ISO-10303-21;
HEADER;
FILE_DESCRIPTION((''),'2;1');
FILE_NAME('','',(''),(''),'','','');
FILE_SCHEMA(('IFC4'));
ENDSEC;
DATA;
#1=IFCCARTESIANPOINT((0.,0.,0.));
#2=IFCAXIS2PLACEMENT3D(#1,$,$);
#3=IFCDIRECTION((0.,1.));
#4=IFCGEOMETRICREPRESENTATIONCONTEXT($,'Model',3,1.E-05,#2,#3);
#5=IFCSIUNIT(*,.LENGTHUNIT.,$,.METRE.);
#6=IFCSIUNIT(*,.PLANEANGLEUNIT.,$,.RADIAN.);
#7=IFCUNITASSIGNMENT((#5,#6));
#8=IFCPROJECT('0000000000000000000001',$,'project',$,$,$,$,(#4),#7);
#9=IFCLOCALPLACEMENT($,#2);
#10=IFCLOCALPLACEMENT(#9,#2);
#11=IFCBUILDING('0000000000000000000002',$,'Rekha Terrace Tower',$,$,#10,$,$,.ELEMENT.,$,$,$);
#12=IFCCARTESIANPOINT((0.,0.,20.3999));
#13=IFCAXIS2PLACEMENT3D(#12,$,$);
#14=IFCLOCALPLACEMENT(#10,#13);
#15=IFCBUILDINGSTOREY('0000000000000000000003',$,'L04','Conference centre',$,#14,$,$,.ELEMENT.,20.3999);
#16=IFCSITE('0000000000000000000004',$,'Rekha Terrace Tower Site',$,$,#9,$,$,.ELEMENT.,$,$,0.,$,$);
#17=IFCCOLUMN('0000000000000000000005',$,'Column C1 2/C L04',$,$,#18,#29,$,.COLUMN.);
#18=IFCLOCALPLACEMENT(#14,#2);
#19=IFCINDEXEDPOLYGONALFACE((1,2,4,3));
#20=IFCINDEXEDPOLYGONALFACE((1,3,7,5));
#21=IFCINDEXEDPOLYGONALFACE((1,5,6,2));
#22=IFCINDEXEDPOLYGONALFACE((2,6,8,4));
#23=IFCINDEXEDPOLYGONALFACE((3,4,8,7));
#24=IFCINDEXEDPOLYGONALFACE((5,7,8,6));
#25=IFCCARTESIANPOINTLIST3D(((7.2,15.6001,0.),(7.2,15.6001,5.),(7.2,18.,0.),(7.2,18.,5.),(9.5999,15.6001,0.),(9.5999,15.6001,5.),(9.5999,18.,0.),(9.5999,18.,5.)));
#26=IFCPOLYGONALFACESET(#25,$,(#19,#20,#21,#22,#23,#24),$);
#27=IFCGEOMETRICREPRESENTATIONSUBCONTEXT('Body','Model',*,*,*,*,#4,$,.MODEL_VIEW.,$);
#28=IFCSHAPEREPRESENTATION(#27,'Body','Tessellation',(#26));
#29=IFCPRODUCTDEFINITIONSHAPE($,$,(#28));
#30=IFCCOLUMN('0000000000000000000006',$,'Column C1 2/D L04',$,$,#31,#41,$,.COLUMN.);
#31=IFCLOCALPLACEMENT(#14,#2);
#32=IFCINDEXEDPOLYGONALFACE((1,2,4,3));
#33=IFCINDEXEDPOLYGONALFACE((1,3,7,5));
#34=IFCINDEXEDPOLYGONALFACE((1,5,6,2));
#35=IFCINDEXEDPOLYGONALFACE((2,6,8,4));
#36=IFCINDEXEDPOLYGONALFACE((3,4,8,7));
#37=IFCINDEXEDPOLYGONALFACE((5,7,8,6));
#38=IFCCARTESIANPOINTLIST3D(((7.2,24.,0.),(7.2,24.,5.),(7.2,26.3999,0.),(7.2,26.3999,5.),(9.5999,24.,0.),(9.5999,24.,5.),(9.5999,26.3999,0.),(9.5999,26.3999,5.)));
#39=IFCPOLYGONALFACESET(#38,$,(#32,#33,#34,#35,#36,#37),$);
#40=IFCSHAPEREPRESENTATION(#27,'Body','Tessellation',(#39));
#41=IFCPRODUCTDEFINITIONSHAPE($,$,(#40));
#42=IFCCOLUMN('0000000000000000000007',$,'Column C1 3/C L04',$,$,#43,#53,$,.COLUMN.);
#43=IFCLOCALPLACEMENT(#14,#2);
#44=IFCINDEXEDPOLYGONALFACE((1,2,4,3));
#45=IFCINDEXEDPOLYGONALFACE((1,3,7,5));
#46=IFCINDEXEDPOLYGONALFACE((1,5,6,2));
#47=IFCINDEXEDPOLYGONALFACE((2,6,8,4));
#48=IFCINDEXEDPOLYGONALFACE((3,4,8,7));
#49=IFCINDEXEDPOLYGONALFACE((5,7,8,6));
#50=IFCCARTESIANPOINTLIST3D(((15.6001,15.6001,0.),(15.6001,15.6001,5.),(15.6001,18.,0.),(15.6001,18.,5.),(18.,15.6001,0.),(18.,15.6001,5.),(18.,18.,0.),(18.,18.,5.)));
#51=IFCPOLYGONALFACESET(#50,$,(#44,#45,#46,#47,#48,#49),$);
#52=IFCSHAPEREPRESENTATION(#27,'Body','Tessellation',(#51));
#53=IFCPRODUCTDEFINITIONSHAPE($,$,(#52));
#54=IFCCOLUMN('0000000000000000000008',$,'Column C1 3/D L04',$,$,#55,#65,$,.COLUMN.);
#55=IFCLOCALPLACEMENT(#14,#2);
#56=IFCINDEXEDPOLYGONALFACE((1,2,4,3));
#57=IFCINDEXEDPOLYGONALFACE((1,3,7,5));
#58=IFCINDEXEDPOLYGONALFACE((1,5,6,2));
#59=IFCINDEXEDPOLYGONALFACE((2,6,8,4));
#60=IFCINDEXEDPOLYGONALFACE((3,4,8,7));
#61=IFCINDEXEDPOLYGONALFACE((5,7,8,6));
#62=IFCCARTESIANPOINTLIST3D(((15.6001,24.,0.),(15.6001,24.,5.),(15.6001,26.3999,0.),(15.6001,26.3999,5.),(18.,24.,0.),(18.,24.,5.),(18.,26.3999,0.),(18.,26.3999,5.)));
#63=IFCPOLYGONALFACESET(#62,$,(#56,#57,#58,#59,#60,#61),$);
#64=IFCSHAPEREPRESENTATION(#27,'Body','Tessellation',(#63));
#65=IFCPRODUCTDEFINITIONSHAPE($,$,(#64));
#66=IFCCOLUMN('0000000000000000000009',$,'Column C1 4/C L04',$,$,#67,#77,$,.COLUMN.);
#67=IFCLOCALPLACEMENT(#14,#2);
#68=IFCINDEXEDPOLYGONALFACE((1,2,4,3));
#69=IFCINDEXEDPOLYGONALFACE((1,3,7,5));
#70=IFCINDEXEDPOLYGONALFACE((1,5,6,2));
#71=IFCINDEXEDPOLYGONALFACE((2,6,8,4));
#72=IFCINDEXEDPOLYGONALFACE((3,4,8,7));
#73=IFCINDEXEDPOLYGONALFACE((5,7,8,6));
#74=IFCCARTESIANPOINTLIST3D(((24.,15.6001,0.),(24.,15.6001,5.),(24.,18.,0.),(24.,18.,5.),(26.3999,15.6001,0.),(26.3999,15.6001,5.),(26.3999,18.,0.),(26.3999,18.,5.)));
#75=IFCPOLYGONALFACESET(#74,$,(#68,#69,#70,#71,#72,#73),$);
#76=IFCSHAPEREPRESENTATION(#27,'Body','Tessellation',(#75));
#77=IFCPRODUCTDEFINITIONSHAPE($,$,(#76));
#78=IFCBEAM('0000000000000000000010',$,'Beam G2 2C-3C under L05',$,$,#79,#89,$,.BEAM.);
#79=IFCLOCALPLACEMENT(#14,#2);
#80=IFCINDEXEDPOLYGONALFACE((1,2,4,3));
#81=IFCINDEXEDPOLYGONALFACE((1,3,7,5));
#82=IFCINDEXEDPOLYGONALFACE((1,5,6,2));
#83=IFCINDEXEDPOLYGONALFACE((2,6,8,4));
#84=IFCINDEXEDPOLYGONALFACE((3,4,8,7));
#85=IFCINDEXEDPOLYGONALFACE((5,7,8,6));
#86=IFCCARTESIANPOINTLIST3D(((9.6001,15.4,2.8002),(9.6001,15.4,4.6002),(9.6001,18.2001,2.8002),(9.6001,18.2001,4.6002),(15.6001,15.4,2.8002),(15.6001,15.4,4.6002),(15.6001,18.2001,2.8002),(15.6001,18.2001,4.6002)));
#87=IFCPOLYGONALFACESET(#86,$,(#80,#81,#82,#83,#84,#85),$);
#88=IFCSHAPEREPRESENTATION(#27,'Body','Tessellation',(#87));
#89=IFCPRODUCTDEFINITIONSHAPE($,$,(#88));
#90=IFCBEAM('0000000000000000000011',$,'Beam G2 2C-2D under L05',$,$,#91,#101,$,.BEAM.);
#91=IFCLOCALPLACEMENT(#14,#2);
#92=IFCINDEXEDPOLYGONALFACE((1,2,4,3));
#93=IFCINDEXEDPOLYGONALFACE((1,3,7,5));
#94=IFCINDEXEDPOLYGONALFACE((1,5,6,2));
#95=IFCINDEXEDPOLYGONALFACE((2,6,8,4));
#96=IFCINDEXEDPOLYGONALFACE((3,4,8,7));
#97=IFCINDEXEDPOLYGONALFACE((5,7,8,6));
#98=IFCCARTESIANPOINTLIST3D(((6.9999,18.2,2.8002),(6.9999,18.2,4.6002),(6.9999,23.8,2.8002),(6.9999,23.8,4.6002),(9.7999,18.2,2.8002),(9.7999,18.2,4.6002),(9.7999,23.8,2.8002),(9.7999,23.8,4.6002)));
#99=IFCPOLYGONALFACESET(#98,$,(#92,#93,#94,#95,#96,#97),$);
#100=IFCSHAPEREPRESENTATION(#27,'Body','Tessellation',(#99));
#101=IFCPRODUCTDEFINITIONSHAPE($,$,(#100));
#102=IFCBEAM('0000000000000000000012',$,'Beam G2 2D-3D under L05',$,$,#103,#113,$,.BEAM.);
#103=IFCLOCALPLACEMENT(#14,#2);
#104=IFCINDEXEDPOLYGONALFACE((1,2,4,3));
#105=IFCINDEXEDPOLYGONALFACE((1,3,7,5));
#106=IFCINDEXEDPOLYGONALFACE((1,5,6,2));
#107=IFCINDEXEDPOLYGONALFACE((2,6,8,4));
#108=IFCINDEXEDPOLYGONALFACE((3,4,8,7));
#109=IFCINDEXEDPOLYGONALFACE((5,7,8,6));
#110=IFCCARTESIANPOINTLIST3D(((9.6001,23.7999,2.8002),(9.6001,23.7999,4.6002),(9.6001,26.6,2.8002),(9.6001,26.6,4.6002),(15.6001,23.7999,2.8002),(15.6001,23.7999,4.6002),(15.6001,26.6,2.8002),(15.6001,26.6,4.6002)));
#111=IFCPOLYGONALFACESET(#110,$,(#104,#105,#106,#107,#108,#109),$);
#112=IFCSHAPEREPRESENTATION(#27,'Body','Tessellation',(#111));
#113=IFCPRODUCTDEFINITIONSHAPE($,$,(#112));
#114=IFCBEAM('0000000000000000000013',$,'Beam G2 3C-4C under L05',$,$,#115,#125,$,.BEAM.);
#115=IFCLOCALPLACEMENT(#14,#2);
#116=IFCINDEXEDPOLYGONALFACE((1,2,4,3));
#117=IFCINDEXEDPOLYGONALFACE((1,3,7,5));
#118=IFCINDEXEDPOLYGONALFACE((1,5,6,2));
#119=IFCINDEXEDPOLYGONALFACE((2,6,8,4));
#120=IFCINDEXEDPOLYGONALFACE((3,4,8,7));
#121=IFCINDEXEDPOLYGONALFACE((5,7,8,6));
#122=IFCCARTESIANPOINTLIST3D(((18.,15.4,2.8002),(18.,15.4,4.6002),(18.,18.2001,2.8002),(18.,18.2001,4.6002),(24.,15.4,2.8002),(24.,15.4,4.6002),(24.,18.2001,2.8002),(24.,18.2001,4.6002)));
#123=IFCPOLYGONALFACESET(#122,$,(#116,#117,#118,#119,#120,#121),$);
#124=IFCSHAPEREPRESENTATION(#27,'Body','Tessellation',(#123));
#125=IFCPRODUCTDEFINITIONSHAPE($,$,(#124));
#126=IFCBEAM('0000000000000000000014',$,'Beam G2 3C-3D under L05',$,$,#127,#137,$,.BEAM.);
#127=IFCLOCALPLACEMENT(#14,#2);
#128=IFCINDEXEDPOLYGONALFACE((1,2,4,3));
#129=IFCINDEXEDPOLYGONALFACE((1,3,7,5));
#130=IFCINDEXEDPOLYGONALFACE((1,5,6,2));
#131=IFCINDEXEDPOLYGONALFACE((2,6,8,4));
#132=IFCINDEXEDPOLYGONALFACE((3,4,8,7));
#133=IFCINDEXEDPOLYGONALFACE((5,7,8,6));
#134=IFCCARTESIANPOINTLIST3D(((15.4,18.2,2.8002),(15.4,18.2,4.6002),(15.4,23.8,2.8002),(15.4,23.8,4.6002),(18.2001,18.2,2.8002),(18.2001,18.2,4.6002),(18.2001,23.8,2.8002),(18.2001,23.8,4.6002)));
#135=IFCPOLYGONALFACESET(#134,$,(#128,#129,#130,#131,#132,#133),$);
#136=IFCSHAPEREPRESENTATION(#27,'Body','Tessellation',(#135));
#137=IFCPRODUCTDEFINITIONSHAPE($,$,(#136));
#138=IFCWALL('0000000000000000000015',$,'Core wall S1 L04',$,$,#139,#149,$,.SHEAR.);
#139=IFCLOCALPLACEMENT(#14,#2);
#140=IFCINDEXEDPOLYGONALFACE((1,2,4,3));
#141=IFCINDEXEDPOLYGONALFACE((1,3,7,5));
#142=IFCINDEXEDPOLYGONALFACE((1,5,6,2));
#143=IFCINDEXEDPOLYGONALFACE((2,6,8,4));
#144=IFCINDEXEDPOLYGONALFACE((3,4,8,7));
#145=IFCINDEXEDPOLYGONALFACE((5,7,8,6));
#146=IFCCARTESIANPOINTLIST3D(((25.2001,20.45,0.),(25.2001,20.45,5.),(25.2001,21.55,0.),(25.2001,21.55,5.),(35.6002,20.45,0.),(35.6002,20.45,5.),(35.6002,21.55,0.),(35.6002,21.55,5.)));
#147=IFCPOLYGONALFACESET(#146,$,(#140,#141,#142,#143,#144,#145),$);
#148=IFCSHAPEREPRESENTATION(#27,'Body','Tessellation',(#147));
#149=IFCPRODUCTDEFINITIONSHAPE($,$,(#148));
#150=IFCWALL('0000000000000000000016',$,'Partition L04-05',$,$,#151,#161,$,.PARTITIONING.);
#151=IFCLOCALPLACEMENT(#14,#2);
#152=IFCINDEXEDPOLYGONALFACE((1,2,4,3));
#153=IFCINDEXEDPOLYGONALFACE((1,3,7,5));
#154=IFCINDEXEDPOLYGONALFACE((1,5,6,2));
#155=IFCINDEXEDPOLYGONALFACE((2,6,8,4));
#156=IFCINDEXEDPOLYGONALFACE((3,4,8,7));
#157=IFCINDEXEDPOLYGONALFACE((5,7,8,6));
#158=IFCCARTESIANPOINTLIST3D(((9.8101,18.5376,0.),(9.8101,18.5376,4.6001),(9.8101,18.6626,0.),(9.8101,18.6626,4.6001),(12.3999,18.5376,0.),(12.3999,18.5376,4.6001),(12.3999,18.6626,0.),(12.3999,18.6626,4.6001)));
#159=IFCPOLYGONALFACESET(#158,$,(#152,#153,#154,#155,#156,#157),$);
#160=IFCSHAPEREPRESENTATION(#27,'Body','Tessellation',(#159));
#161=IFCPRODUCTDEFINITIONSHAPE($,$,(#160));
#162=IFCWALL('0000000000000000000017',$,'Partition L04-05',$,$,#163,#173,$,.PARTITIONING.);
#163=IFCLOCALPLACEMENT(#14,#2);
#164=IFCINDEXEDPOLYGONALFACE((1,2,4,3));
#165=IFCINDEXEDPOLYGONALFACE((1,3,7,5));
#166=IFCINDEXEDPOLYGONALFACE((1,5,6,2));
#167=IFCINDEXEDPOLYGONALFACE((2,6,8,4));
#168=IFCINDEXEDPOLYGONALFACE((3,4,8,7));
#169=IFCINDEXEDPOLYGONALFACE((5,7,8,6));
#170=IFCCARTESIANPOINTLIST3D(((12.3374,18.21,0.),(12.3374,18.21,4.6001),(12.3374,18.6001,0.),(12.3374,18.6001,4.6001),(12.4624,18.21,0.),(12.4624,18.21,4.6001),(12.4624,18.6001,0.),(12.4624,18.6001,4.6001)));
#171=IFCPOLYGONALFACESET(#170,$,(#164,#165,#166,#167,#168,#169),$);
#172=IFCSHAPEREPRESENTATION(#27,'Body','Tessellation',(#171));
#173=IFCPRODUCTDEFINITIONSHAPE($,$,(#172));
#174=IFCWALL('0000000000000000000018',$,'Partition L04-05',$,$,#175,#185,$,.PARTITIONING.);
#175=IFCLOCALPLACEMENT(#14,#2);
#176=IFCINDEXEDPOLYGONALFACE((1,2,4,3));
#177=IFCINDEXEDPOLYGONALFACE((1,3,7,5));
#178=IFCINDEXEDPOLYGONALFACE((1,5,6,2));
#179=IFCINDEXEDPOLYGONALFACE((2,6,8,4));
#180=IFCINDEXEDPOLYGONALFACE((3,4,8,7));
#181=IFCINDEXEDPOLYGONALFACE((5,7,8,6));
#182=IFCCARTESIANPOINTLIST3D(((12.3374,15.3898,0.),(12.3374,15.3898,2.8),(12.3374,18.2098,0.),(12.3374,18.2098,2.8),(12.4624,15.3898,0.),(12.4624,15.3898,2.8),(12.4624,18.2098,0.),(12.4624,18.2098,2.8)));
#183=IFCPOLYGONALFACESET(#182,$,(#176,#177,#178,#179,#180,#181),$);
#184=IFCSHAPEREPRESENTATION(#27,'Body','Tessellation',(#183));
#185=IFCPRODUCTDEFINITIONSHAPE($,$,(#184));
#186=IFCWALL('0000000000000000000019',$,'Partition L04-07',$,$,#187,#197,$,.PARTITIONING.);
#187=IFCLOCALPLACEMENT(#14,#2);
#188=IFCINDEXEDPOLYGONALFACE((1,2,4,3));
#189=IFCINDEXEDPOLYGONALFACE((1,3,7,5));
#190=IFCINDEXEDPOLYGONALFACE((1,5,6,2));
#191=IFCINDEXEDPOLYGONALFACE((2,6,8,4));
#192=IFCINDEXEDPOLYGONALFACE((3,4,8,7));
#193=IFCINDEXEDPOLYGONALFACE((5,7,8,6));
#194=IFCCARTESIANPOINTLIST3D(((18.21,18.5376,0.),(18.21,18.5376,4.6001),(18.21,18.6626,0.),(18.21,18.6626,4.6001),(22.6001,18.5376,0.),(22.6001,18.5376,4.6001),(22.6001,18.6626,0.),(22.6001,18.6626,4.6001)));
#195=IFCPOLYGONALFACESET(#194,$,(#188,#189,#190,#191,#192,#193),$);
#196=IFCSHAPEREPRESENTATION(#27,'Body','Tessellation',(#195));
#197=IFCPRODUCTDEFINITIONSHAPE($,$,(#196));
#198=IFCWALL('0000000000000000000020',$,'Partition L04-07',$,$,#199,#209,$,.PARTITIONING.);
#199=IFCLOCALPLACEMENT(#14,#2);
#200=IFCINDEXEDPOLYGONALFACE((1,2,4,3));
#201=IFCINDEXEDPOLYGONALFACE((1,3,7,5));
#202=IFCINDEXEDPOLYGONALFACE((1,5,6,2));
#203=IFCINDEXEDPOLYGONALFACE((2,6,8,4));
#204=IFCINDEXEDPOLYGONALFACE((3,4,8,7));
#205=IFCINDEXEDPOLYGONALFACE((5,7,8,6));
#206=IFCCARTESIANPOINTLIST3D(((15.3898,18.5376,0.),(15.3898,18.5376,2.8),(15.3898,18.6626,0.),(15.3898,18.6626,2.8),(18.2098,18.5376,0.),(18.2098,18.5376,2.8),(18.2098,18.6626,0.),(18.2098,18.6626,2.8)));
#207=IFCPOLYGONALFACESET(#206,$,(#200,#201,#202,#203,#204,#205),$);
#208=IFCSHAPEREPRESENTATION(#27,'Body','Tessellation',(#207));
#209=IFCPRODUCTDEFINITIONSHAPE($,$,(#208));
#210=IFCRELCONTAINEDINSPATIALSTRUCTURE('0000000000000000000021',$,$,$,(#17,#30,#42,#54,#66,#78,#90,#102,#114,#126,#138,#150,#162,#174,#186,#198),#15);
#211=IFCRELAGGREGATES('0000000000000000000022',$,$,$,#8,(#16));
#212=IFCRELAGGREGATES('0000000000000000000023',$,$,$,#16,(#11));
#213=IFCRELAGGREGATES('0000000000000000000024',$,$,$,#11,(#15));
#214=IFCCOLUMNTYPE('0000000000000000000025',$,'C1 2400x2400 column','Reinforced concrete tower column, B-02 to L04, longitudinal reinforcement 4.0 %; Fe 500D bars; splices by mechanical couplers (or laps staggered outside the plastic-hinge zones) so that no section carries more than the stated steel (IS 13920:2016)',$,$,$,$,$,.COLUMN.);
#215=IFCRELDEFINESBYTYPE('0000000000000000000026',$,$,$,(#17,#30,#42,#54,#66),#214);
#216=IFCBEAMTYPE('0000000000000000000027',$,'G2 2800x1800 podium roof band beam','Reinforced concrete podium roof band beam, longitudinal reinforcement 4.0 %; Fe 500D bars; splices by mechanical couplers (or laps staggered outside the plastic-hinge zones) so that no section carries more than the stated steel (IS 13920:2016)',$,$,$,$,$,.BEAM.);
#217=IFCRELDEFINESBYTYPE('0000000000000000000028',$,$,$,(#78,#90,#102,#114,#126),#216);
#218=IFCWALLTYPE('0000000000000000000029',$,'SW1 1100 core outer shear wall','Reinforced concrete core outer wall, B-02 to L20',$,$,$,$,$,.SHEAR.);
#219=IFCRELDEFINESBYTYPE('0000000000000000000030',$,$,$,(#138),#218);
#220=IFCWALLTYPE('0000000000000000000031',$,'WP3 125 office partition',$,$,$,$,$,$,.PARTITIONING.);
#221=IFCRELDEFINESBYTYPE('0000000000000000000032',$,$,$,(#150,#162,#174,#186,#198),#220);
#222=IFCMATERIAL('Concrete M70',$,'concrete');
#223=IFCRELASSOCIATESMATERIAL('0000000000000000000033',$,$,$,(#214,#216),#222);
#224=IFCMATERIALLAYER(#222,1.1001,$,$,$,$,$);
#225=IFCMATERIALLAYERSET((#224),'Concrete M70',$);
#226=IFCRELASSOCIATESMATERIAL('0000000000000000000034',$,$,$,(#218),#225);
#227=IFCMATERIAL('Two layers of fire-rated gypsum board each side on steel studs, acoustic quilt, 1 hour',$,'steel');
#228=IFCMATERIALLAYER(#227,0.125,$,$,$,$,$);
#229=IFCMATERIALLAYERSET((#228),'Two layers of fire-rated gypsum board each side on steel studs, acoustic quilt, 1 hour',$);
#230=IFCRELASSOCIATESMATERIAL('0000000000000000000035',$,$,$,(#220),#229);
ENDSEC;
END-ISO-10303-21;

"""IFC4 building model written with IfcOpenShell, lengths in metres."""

from ifc_helpers import new_model, si_unit, direction, frame, frame_2d, origin, origin_2d, place, context, subcontext, project, spatial, rectangle, extrude, material, layer, layer_set, material_profile, profile_set, type_object, element, save


model = new_model("IFC4")

# Units and contexts
model_context = context("Model", 3, precision=1e-05, world=origin(), true_north=direction((0.0, 1.0)))
body_context = subcontext(model_context, "Body", "Model", "MODEL_VIEW")
ifc_project = project(units=[si_unit("LENGTHUNIT", "METRE"), si_unit("PLANEANGLEUNIT", "RADIAN")], contexts=[model_context])

# Site, building, storey
site_placement = place(None, origin())
site = spatial("IfcSite", under=ifc_project, at=site_placement, Name="Rekha Terrace Tower Site", CompositionType="ELEMENT", RefElevation=0.0)
building_placement = place(site_placement, origin())
building = spatial("IfcBuilding", under=site, at=building_placement, Name="Rekha Terrace Tower", CompositionType="ELEMENT")
storey_placement = place(building_placement, frame((0.0, 0.0, 20.3999)))
storey = spatial("IfcBuildingStorey", under=building, at=storey_placement, Name="L04", Description="Conference centre", CompositionType="ELEMENT", Elevation=20.3999)

# Columns
ifc_material_1 = material(Name="Concrete M70", Category="concrete")
ifc_material_profile_1 = material_profile(ifc_material_1, rectangle(XDim=2.3999, YDim=2.3999, at=origin_2d()), Name="RC 2400x2400")
ifc_profile_set_1 = profile_set([ifc_material_profile_1], Name="Concrete M70")
column_type = type_object("IfcColumnType", Name="C1 2400x2400 column", Description="Reinforced concrete tower column, B-02 to L04, longitudinal reinforcement 4.0 %; Fe 500D bars; splices by mechanical couplers (or laps staggered outside the plastic-hinge zones) so that no section carries more than the stated steel (IS 13920:2016)", PredefinedType="COLUMN", material=ifc_profile_set_1)
for number, where, z_axis, x_axis, name in (
    (1, (8.3999, 16.8, 0.0), (0.0, 0.0, 1.0), (1.0, 0.0, 0.0), "Column C1 2/C L04"),
    (2, (8.3999, 25.2, 0.0), (0.0, 0.0, 1.0), (1.0, 0.0, 0.0), "Column C1 2/D L04"),
    (3, (16.8, 16.8, 0.0), (0.0, 0.0, 1.0), (1.0, 0.0, 0.0), "Column C1 3/C L04"),
    (4, (16.8, 25.2, 0.0), (0.0, 0.0, 1.0), (1.0, 0.0, 0.0), "Column C1 3/D L04"),
    (5, (25.2, 16.8, 0.0), (0.0, 0.0, 1.0), (1.0, 0.0, 0.0), "Column C1 4/C L04"),
):
    element("IfcColumn", number, at=place(storey_placement, frame(where, z_axis=z_axis, x_axis=x_axis)), inside=storey, type_object=column_type, Name=name, PredefinedType="COLUMN", context=body_context, shape_type="SweptSolid", body=[
        extrude(rectangle(XDim=2.3999, YDim=2.3999, at=origin_2d()), origin(), (0.0, 0.0, 1.0), 5.0),
    ])

# Beams
ifc_material_profile_2 = material_profile(ifc_material_1, rectangle(XDim=2.8, YDim=1.8, at=origin_2d()), Name="RC 2800x1800")
ifc_profile_set_2 = profile_set([ifc_material_profile_2], Name="Concrete M70")
beam_type = type_object("IfcBeamType", Name="G2 2800x1800 podium roof band beam", Description="Reinforced concrete podium roof band beam, longitudinal reinforcement 4.0 %; Fe 500D bars; splices by mechanical couplers (or laps staggered outside the plastic-hinge zones) so that no section carries more than the stated steel (IS 13920:2016)", PredefinedType="BEAM", material=ifc_profile_set_2)
beam_1_placement = place(storey_placement, frame((9.6001, 16.8, 3.7002), z_axis=(1.0, 0.0, 0.0), x_axis=(0.0, 1.0, 0.0)))
element("IfcBeam", 6, at=beam_1_placement, inside=storey, type_object=beam_type, Name="Beam G2 2C-3C under L05", PredefinedType="BEAM", context=body_context, shape_type="SweptSolid", body=[
    extrude(rectangle(XDim=2.8, YDim=1.8, at=origin_2d()), origin(), (0.0, 0.0, 1.0), 6.0),
])
beam_2_placement = place(storey_placement, frame((8.3999, 18.2, 3.7002), z_axis=(0.0, 1.0, 0.0), x_axis=(-1.0, 0.0, 0.0)))
element("IfcBeam", 7, at=beam_2_placement, inside=storey, type_object=beam_type, Name="Beam G2 2C-2D under L05", PredefinedType="BEAM", context=body_context, shape_type="SweptSolid", body=[
    extrude(rectangle(XDim=2.8, YDim=1.8, at=origin_2d()), origin(), (0.0, 0.0, 1.0), 5.6001),
])
for number, where, z_axis, x_axis, name in (
    (8, (9.6001, 25.2, 3.7002), (1.0, 0.0, 0.0), (0.0, 1.0, 0.0), "Beam G2 2D-3D under L05"),
    (9, (18.0, 16.8, 3.7002), (1.0, 0.0, 0.0), (0.0, 1.0, 0.0), "Beam G2 3C-4C under L05"),
):
    element("IfcBeam", number, at=place(storey_placement, frame(where, z_axis=z_axis, x_axis=x_axis)), inside=storey, type_object=beam_type, Name=name, PredefinedType="BEAM", context=body_context, shape_type="SweptSolid", body=[
        extrude(rectangle(XDim=2.8, YDim=1.8, at=origin_2d()), origin(), (0.0, 0.0, 1.0), 6.0),
    ])
beam_3_placement = place(storey_placement, frame((16.8, 18.2, 3.7002), z_axis=(0.0, 1.0, 0.0), x_axis=(-1.0, 0.0, 0.0)))
element("IfcBeam", 10, at=beam_3_placement, inside=storey, type_object=beam_type, Name="Beam G2 3C-3D under L05", PredefinedType="BEAM", context=body_context, shape_type="SweptSolid", body=[
    extrude(rectangle(XDim=2.8, YDim=1.8, at=origin_2d()), origin(), (0.0, 0.0, 1.0), 5.6001),
])

# Walls
ifc_layer_1 = layer(ifc_material_1, 1.1001)
ifc_layer_set_1 = layer_set([ifc_layer_1], Name="Concrete M70")
wall_type_1 = type_object("IfcWallType", Name="SW1 1100 core outer shear wall", Description="Reinforced concrete core outer wall, B-02 to L20", PredefinedType="SHEAR", material=ifc_layer_set_1)
wall_1_placement = place(storey_placement, frame((25.2, 21.0, 0.0), z_axis=(0.0, 0.0, 1.0), x_axis=(1.0, 0.0, 0.0)))
element("IfcWall", 11, at=wall_1_placement, inside=storey, type_object=wall_type_1, Name="Core wall S1 L04", PredefinedType="SHEAR", context=body_context, shape_type="SweptSolid", body=[
    extrude(rectangle(XDim=10.4001, YDim=1.1001, at=frame_2d((5.2002, 0.0))), origin(), (0.0, 0.0, 1.0), 5.0),
])
ifc_material_2 = material(Name="Two layers of fire-rated gypsum board each side on steel studs, acoustic quilt, 1 hour", Category="steel")
ifc_layer_2 = layer(ifc_material_2, 0.125)
ifc_layer_set_2 = layer_set([ifc_layer_2], Name="Two layers of fire-rated gypsum board each side on steel studs, acoustic quilt, 1 hour")
wall_type_2 = type_object("IfcWallType", Name="WP3 125 office partition", PredefinedType="PARTITIONING", material=ifc_layer_set_2)
wall_2_placement = place(storey_placement, frame((9.8101, 18.6001, 0.0), z_axis=(0.0, 0.0, 1.0), x_axis=(1.0, 0.0, 0.0)))
element("IfcWall", 12, at=wall_2_placement, inside=storey, type_object=wall_type_2, Name="Partition L04-05", PredefinedType="PARTITIONING", context=body_context, shape_type="SweptSolid", body=[
    extrude(rectangle(XDim=2.5898, YDim=0.125, at=frame_2d((1.2949, 0.0))), origin(), (0.0, 0.0, 1.0), 4.6001),
])
wall_3_placement = place(storey_placement, frame((12.3999, 18.6001, 0.0), z_axis=(0.0, 0.0, 1.0), x_axis=(0.0, -1.0, 0.0)))
element("IfcWall", 13, at=wall_3_placement, inside=storey, type_object=wall_type_2, Name="Partition L04-05", PredefinedType="PARTITIONING", context=body_context, shape_type="SweptSolid", body=[
    extrude(rectangle(XDim=0.3901, YDim=0.125, at=frame_2d((0.1951, 0.0))), origin(), (0.0, 0.0, 1.0), 4.6001),
])
wall_4_placement = place(storey_placement, frame((12.3999, 18.21, 0.0), z_axis=(0.0, 0.0, 1.0), x_axis=(0.0, -1.0, 0.0)))
element("IfcWall", 14, at=wall_4_placement, inside=storey, type_object=wall_type_2, Name="Partition L04-05", PredefinedType="PARTITIONING", context=body_context, shape_type="SweptSolid", body=[
    extrude(rectangle(XDim=2.8201, YDim=0.125, at=frame_2d((1.4102, 0.0))), origin(), (0.0, 0.0, 1.0), 2.8),
])
wall_5_placement = place(storey_placement, frame((22.6001, 18.6001, 0.0), z_axis=(0.0, 0.0, 1.0), x_axis=(-1.0, 0.0, 0.0)))
element("IfcWall", 15, at=wall_5_placement, inside=storey, type_object=wall_type_2, Name="Partition L04-07", PredefinedType="PARTITIONING", context=body_context, shape_type="SweptSolid", body=[
    extrude(rectangle(XDim=4.3901, YDim=0.125, at=frame_2d((2.1951, 0.0))), origin(), (0.0, 0.0, 1.0), 4.6001),
])
wall_6_placement = place(storey_placement, frame((18.21, 18.6001, 0.0), z_axis=(0.0, 0.0, 1.0), x_axis=(-1.0, 0.0, 0.0)))
element("IfcWall", 16, at=wall_6_placement, inside=storey, type_object=wall_type_2, Name="Partition L04-07", PredefinedType="PARTITIONING", context=body_context, shape_type="SweptSolid", body=[
    extrude(rectangle(XDim=2.8201, YDim=0.125, at=frame_2d((1.4102, 0.0))), origin(), (0.0, 0.0, 1.0), 2.8),
])

save(model, "model.ifc")
